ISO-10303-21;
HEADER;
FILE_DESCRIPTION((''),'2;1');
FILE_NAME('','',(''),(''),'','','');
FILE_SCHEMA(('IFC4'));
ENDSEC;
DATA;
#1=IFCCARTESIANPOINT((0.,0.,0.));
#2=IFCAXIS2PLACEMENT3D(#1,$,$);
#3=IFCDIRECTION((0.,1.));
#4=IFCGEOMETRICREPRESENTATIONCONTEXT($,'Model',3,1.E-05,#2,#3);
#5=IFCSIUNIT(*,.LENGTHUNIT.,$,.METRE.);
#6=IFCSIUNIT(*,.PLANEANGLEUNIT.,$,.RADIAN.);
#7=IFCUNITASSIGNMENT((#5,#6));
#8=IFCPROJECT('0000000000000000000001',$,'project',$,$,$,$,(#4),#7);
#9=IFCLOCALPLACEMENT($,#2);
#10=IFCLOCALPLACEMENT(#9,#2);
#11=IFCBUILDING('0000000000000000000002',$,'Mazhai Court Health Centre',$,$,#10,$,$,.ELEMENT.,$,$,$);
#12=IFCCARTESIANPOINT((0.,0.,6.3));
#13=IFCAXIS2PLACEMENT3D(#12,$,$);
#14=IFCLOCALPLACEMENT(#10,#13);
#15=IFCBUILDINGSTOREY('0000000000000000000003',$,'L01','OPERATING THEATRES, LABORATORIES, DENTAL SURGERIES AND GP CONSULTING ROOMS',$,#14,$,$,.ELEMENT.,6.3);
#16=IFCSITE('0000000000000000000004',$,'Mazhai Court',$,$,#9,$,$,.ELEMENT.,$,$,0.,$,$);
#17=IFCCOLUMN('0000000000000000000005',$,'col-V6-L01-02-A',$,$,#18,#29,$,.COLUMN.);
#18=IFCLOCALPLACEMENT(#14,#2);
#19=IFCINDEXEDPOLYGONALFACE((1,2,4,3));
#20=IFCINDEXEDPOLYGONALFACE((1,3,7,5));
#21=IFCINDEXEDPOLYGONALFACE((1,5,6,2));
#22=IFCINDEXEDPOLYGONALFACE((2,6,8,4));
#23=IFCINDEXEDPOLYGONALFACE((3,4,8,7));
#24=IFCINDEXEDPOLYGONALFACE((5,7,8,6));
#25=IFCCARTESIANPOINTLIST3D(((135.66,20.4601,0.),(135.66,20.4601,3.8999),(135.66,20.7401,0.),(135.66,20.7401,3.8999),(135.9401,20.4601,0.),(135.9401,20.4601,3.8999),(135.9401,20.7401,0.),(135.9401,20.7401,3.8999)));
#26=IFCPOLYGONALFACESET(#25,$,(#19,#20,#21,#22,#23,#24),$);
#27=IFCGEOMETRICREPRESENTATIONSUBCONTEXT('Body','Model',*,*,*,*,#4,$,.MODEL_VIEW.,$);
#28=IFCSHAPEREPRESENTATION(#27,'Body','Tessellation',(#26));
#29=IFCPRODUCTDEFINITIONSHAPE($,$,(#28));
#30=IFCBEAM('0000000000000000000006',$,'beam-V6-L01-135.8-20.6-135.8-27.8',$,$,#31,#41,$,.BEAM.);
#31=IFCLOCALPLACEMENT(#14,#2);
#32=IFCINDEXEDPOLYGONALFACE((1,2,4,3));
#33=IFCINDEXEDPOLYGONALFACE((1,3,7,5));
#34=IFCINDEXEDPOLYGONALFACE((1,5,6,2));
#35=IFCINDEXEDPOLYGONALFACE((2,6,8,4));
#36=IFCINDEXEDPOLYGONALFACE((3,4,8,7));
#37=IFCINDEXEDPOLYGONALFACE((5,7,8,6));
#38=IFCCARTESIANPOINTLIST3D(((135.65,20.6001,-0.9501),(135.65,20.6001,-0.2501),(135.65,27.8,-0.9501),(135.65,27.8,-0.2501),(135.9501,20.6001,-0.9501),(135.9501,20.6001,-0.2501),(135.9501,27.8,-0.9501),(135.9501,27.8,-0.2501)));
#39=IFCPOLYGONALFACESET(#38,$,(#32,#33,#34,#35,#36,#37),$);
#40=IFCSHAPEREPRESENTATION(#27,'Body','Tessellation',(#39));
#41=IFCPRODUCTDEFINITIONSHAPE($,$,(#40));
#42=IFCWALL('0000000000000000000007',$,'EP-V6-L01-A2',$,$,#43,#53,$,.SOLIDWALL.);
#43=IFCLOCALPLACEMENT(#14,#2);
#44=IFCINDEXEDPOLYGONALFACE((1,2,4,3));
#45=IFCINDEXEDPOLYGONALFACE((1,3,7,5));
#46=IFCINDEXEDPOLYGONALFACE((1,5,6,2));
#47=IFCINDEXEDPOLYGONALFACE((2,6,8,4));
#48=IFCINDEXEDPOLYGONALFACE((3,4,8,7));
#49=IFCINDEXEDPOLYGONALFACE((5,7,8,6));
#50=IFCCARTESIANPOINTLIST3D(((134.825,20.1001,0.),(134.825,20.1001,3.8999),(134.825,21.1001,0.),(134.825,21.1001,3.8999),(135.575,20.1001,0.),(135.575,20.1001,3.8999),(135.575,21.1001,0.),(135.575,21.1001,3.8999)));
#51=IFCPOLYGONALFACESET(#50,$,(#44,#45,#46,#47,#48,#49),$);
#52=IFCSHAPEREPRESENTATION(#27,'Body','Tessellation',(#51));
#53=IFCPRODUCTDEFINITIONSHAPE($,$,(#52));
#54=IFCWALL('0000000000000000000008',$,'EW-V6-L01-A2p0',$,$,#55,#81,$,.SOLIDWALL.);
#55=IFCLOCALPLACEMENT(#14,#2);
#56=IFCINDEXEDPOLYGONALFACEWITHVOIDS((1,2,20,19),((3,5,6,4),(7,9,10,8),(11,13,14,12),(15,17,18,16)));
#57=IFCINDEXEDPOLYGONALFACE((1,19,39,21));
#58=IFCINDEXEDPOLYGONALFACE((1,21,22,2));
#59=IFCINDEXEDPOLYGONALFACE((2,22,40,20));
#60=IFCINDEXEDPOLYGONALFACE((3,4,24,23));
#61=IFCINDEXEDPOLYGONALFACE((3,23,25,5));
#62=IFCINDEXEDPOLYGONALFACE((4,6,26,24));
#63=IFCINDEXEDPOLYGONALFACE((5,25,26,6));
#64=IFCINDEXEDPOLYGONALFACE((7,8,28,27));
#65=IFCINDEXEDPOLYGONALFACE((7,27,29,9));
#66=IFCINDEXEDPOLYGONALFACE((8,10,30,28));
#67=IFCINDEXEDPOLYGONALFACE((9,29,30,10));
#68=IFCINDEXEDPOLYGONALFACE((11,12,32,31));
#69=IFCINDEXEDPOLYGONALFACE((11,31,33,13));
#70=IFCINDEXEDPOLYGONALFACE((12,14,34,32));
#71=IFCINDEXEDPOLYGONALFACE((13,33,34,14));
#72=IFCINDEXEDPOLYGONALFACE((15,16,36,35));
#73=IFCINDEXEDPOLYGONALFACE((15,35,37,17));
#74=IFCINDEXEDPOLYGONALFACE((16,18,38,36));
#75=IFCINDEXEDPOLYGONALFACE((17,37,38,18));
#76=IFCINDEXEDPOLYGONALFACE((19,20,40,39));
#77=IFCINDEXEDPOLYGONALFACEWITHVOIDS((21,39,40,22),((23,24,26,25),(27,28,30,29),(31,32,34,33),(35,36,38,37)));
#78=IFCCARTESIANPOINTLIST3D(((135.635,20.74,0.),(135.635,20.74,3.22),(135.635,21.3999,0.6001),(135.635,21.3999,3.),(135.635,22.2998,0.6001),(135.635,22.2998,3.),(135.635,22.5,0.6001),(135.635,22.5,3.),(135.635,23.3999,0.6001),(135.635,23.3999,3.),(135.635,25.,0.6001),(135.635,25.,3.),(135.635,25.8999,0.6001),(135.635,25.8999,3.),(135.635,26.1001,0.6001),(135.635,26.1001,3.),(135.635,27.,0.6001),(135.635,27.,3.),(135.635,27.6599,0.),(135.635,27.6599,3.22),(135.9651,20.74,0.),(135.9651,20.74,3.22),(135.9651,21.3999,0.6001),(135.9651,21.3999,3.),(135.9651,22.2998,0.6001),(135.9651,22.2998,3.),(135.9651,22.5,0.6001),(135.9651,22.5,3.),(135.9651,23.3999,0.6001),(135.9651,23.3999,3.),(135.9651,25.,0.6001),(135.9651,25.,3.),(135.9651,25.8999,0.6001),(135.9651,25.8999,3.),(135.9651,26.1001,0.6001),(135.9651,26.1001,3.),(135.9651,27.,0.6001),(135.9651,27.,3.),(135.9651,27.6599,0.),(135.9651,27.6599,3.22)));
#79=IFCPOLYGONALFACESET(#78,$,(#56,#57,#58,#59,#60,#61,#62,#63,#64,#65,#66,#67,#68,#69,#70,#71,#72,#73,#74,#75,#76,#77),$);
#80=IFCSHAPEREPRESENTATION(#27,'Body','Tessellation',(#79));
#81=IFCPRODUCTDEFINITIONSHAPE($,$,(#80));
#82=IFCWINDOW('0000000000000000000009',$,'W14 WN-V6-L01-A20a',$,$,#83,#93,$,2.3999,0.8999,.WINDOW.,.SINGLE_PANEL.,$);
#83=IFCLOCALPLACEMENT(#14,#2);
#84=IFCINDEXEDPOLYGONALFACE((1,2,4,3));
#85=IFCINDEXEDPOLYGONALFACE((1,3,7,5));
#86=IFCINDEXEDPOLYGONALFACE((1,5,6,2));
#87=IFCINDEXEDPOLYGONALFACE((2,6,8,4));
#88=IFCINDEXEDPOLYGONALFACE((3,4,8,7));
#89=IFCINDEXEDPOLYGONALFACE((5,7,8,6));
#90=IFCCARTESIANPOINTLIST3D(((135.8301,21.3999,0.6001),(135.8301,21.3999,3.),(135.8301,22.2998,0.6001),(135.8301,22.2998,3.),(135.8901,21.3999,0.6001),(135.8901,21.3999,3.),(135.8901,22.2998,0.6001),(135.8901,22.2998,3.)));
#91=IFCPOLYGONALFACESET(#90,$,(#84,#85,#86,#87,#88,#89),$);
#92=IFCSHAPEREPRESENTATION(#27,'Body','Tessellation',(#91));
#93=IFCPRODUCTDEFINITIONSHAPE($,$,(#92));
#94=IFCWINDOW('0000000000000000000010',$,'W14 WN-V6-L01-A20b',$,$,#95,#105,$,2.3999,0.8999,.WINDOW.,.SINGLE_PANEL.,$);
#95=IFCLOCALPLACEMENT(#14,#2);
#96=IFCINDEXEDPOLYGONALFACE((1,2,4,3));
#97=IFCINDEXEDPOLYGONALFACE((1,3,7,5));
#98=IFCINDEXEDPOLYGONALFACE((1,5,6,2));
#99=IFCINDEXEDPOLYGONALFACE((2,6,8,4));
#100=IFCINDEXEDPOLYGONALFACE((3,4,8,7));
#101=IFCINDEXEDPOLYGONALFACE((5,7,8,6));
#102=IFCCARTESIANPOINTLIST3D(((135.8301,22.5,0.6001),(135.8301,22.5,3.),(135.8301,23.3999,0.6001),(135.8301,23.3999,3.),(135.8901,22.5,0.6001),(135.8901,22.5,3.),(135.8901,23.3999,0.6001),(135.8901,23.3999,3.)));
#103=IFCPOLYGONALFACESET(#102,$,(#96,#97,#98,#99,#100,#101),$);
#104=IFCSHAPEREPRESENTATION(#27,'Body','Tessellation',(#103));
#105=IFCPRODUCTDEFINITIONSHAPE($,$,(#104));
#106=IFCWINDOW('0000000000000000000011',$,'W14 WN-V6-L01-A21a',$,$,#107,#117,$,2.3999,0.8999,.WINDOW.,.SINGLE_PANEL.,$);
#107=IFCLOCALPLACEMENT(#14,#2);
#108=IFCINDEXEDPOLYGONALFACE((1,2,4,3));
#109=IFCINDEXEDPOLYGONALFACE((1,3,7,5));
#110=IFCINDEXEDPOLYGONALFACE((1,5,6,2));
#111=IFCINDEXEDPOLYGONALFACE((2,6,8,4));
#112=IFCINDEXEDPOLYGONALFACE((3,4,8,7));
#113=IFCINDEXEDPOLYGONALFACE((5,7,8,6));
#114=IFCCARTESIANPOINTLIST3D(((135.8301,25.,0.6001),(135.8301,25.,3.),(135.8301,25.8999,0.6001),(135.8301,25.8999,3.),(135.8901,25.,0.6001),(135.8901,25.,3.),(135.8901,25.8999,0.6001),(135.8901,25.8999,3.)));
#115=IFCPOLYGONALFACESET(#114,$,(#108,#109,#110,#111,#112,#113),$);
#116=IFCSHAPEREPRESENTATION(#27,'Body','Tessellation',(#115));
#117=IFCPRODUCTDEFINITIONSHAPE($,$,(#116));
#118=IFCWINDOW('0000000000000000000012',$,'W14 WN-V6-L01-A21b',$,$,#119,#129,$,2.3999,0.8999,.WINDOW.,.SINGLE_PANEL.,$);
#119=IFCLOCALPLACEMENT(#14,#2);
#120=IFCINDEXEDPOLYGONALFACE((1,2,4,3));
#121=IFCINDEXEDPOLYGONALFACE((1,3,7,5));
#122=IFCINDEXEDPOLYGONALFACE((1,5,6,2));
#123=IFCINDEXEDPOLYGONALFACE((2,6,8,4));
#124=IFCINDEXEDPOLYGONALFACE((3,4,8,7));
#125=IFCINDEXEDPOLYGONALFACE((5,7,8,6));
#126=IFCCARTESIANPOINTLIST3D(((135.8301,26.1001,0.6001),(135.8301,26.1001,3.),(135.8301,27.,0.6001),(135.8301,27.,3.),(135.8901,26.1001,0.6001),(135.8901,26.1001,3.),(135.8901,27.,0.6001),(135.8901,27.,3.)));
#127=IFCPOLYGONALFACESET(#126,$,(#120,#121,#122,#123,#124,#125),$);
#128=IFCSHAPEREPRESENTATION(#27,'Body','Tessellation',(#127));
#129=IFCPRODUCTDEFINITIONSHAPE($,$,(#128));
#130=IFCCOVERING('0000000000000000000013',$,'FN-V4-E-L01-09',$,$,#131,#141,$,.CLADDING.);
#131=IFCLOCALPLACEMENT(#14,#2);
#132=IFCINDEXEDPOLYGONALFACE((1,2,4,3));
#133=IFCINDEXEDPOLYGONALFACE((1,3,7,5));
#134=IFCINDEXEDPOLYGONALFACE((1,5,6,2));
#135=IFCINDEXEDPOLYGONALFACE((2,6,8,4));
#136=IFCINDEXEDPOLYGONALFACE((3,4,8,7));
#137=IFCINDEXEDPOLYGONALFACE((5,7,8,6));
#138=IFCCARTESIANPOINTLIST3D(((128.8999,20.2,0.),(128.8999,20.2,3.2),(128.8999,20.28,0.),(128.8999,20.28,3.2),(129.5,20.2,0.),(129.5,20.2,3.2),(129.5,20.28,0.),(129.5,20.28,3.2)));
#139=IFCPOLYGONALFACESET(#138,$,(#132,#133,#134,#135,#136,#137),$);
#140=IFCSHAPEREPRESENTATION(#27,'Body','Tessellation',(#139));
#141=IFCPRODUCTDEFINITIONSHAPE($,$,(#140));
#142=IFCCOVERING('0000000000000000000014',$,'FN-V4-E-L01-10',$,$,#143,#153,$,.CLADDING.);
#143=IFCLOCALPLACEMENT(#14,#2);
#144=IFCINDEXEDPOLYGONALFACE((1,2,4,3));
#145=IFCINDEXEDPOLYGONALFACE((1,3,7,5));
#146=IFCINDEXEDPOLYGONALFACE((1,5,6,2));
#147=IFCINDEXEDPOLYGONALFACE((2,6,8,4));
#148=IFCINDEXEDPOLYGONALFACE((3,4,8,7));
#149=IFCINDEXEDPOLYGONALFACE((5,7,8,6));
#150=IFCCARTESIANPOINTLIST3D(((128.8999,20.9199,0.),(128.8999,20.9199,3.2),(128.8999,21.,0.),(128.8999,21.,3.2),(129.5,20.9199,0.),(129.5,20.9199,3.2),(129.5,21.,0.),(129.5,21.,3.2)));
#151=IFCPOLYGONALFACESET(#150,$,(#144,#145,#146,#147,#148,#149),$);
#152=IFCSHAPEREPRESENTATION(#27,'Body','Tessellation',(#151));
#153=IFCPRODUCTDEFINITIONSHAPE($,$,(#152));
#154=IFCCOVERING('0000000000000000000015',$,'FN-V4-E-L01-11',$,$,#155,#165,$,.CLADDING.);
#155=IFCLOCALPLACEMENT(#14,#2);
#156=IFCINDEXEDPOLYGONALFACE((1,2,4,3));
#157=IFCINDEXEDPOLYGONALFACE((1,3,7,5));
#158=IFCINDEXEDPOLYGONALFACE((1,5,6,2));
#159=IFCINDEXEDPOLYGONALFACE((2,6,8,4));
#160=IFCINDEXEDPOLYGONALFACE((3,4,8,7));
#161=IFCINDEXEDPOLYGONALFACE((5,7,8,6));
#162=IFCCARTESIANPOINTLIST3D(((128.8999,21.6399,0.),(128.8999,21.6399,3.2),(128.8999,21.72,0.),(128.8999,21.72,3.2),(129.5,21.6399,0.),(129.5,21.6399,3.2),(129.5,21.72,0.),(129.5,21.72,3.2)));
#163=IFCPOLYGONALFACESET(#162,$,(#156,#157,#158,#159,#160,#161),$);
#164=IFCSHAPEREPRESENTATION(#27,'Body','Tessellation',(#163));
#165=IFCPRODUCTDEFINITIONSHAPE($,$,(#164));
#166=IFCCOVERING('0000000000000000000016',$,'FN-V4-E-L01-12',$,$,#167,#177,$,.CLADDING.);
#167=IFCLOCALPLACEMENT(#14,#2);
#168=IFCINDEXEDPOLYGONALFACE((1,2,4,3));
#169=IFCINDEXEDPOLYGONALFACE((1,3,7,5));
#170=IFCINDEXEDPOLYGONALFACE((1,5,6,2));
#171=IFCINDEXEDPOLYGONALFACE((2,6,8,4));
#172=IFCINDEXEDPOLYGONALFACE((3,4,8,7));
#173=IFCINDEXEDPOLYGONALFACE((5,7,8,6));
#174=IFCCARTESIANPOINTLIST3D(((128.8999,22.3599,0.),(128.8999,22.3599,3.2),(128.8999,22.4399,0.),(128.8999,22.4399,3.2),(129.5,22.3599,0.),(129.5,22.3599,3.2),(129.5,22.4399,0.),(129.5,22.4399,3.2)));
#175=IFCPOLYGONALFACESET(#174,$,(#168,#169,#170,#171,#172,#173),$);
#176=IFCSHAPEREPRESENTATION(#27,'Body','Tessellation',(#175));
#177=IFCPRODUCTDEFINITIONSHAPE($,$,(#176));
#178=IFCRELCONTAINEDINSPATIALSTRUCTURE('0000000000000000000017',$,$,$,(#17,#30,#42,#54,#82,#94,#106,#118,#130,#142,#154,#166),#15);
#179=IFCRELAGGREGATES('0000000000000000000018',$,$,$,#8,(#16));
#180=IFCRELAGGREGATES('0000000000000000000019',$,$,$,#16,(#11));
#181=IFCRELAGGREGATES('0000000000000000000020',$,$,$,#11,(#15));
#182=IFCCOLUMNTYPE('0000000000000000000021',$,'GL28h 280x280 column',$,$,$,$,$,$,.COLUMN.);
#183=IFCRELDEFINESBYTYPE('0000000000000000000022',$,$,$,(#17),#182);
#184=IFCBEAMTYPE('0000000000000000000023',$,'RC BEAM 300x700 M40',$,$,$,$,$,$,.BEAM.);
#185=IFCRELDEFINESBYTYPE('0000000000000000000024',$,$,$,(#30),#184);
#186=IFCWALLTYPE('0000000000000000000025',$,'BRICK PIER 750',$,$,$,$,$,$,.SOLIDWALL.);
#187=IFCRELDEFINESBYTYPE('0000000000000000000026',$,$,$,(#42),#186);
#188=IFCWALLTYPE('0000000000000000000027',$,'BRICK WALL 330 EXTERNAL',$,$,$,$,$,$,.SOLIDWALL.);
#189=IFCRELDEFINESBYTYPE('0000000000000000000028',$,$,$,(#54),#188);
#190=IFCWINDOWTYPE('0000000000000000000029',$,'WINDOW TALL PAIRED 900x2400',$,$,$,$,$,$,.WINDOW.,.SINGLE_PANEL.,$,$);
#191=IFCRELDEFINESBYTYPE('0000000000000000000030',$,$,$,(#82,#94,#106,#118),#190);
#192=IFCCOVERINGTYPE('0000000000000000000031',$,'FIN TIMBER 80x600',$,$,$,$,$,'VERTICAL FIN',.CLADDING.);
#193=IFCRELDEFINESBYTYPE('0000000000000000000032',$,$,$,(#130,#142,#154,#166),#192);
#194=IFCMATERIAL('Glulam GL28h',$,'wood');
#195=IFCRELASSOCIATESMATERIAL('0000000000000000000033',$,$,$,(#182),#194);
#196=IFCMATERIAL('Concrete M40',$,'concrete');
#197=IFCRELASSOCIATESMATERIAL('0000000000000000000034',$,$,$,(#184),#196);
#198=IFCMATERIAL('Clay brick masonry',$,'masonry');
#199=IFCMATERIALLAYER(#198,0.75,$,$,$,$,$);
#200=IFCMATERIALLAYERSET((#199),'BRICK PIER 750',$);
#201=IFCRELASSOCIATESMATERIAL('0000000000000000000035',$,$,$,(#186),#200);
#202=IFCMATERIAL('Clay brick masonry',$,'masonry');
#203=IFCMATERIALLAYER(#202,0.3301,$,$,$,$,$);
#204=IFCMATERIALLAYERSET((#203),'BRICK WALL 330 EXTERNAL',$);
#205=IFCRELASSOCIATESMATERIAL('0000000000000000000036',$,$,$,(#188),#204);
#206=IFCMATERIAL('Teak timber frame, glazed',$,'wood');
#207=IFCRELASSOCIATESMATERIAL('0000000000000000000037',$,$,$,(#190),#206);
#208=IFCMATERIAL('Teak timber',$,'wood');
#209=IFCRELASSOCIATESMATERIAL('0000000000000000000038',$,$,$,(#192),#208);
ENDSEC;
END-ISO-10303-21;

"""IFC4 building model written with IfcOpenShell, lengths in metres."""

from ifc_helpers import new_model, si_unit, direction, frame, frame_2d, origin, origin_2d, place, context, subcontext, project, spatial, rectangle, extrude, material, layer, layer_set, material_profile, profile_set, type_object, element, fill, save


model = new_model("IFC4")

# Units and contexts
model_context = context("Model", 3, precision=1e-05, world=origin(), true_north=direction((0.0, 1.0)))
body_context = subcontext(model_context, "Body", "Model", "MODEL_VIEW")
ifc_project = project(units=[si_unit("LENGTHUNIT", "METRE"), si_unit("PLANEANGLEUNIT", "RADIAN")], contexts=[model_context])

# Site, building, storey
site_placement = place(None, origin())
site = spatial("IfcSite", under=ifc_project, at=site_placement, Name="Mazhai Court", CompositionType="ELEMENT", RefElevation=0.0)
building_placement = place(site_placement, origin())
building = spatial("IfcBuilding", under=site, at=building_placement, Name="Mazhai Court Health Centre", CompositionType="ELEMENT")
storey_placement = place(building_placement, frame((0.0, 0.0, 6.3)))
storey = spatial("IfcBuildingStorey", under=building, at=storey_placement, Name="L01", Description="OPERATING THEATRES, LABORATORIES, DENTAL SURGERIES AND GP CONSULTING ROOMS", CompositionType="ELEMENT", Elevation=6.3)

# Column
ifc_material_1 = material(Name="Glulam GL28h", Category="wood")
ifc_material_profile_1 = material_profile(ifc_material_1, rectangle(XDim=0.28, YDim=0.28, at=origin_2d()), Name="GL28h 280x280")
ifc_profile_set_1 = profile_set([ifc_material_profile_1], Name="Glulam GL28h")
column_type = type_object("IfcColumnType", Name="GL28h 280x280 column", PredefinedType="COLUMN", material=ifc_profile_set_1)
column_placement = place(storey_placement, frame((135.8, 20.6001, 0.0), z_axis=(0.0, 0.0, 1.0), x_axis=(1.0, 0.0, 0.0)))
element("IfcColumn", 1, at=column_placement, inside=storey, type_object=column_type, Name="col-V6-L01-02-A", PredefinedType="COLUMN", context=body_context, shape_type="SweptSolid", body=[
    extrude(rectangle(XDim=0.28, YDim=0.28, at=origin_2d()), origin(), (0.0, 0.0, 1.0), 3.8999),
])

# Beam
ifc_material_2 = material(Name="Concrete M40", Category="concrete")
ifc_material_profile_2 = material_profile(ifc_material_2, rectangle(XDim=0.3, YDim=0.7, at=origin_2d()), Name="RC 300x700")
ifc_profile_set_2 = profile_set([ifc_material_profile_2], Name="Concrete M40")
beam_type = type_object("IfcBeamType", Name="RC BEAM 300x700 M40", PredefinedType="BEAM", material=ifc_profile_set_2)
beam_placement = place(storey_placement, frame((135.8, 20.6001, -0.6001), z_axis=(0.0, 1.0, 0.0), x_axis=(-1.0, 0.0, 0.0)))
element("IfcBeam", 2, at=beam_placement, inside=storey, type_object=beam_type, Name="beam-V6-L01-135.8-20.6-135.8-27.8", PredefinedType="BEAM", context=body_context, shape_type="SweptSolid", body=[
    extrude(rectangle(XDim=0.3, YDim=0.7, at=origin_2d()), origin(), (0.0, 0.0, 1.0), 7.2),
])

# Wall
ifc_material_3 = material(Name="Clay brick masonry", Category="masonry")
ifc_layer_1 = layer(ifc_material_3, 0.75)
ifc_layer_set_1 = layer_set([ifc_layer_1], Name="BRICK PIER 750")
wall_type_1 = type_object("IfcWallType", Name="BRICK PIER 750", PredefinedType="SOLIDWALL", material=ifc_layer_set_1)
wall_1_placement = place(storey_placement, frame((135.2, 20.1001, 0.0), z_axis=(0.0, 0.0, 1.0), x_axis=(0.0, 1.0, 0.0)))
element("IfcWall", 3, at=wall_1_placement, inside=storey, type_object=wall_type_1, Name="EP-V6-L01-A2", PredefinedType="SOLIDWALL", context=body_context, shape_type="SweptSolid", body=[
    extrude(rectangle(XDim=1.0, YDim=0.75, at=frame_2d((0.5, 0.0))), origin(), (0.0, 0.0, 1.0), 3.8999),
])

# Wall, openings, windows
ifc_material_4 = material(Name="Clay brick masonry", Category="masonry")
ifc_layer_2 = layer(ifc_material_4, 0.3301)
ifc_layer_set_2 = layer_set([ifc_layer_2], Name="BRICK WALL 330 EXTERNAL")
wall_type_2 = type_object("IfcWallType", Name="BRICK WALL 330 EXTERNAL", PredefinedType="SOLIDWALL", material=ifc_layer_set_2)
wall_2_placement = place(storey_placement, frame((135.8, 20.74, 0.0), z_axis=(0.0, 0.0, 1.0), x_axis=(0.0, 1.0, 0.0)))
wall_2 = element("IfcWall", 4, at=wall_2_placement, inside=storey, type_object=wall_type_2, Name="EW-V6-L01-A2p0", PredefinedType="SOLIDWALL", context=body_context, shape_type="SweptSolid", body=[
    extrude(rectangle(XDim=6.9199, YDim=0.3301, at=frame_2d((3.46, 0.0))), origin(), (0.0, 0.0, 1.0), 3.22),
])
opening_1_placement = place(wall_2_placement, frame((0.6599, 0.0, 0.6001)))
opening_1 = element("IfcOpeningElement", 5, at=opening_1_placement, cuts=wall_2, PredefinedType="OPENING", context=body_context, shape_type="SweptSolid", body=[
    extrude(rectangle(XDim=0.8999, YDim=2.3999, at=frame_2d((0.45, 1.2))), frame((0.0, 0.175, 0.0), z_axis=(0.0, -1.0, 0.0), x_axis=(1.0, 0.0, 0.0)), (0.0, 0.0, 1.0), 0.3501),
])
opening_2_placement = place(wall_2_placement, frame((1.76, 0.0, 0.6001)))
opening_2 = element("IfcOpeningElement", 6, at=opening_2_placement, cuts=wall_2, PredefinedType="OPENING", context=body_context, shape_type="SweptSolid", body=[
    extrude(rectangle(XDim=0.8999, YDim=2.3999, at=frame_2d((0.45, 1.2))), frame((0.0, 0.175, 0.0), z_axis=(0.0, -1.0, 0.0), x_axis=(1.0, 0.0, 0.0)), (0.0, 0.0, 1.0), 0.3501),
])
opening_3_placement = place(wall_2_placement, frame((4.26, 0.0, 0.6001)))
opening_3 = element("IfcOpeningElement", 7, at=opening_3_placement, cuts=wall_2, PredefinedType="OPENING", context=body_context, shape_type="SweptSolid", body=[
    extrude(rectangle(XDim=0.8999, YDim=2.3999, at=frame_2d((0.45, 1.2))), frame((0.0, 0.175, 0.0), z_axis=(0.0, -1.0, 0.0), x_axis=(1.0, 0.0, 0.0)), (0.0, 0.0, 1.0), 0.3501),
])
opening_4_placement = place(wall_2_placement, frame((5.3601, 0.0, 0.6001)))
opening_4 = element("IfcOpeningElement", 8, at=opening_4_placement, cuts=wall_2, PredefinedType="OPENING", context=body_context, shape_type="SweptSolid", body=[
    extrude(rectangle(XDim=0.8999, YDim=2.3999, at=frame_2d((0.45, 1.2))), frame((0.0, 0.175, 0.0), z_axis=(0.0, -1.0, 0.0), x_axis=(1.0, 0.0, 0.0)), (0.0, 0.0, 1.0), 0.3501),
])
ifc_material_5 = material(Name="Teak timber frame, glazed", Category="wood")
window_type = type_object("IfcWindowType", Name="WINDOW TALL PAIRED 900x2400", PartitioningType="SINGLE_PANEL", PredefinedType="WINDOW", material=ifc_material_5)
window_1_placement = place(opening_1_placement, origin())
window_1 = element("IfcWindow", 9, at=window_1_placement, inside=storey, type_object=window_type, Name="W14 WN-V6-L01-A20a", OverallHeight=2.3999, OverallWidth=0.8999, PartitioningType="SINGLE_PANEL", PredefinedType="WINDOW", context=body_context, shape_type="SweptSolid", body=[
    extrude(rectangle(XDim=0.8999, YDim=2.3999, at=frame_2d((0.45, 1.2))), frame((0.0, -0.03, 0.0), z_axis=(0.0, -1.0, 0.0), x_axis=(1.0, 0.0, 0.0)), (0.0, 0.0, 1.0), 0.0601),
])
fill(opening_1, window_1)
window_2_placement = place(opening_2_placement, origin())
window_2 = element("IfcWindow", 10, at=window_2_placement, inside=storey, type_object=window_type, Name="W14 WN-V6-L01-A20b", OverallHeight=2.3999, OverallWidth=0.8999, PartitioningType="SINGLE_PANEL", PredefinedType="WINDOW", context=body_context, shape_type="SweptSolid", body=[
    extrude(rectangle(XDim=0.8999, YDim=2.3999, at=frame_2d((0.45, 1.2))), frame((0.0, -0.03, 0.0), z_axis=(0.0, -1.0, 0.0), x_axis=(1.0, 0.0, 0.0)), (0.0, 0.0, 1.0), 0.0601),
])
fill(opening_2, window_2)
window_3_placement = place(opening_3_placement, origin())
window_3 = element("IfcWindow", 11, at=window_3_placement, inside=storey, type_object=window_type, Name="W14 WN-V6-L01-A21a", OverallHeight=2.3999, OverallWidth=0.8999, PartitioningType="SINGLE_PANEL", PredefinedType="WINDOW", context=body_context, shape_type="SweptSolid", body=[
    extrude(rectangle(XDim=0.8999, YDim=2.3999, at=frame_2d((0.45, 1.2))), frame((0.0, -0.03, 0.0), z_axis=(0.0, -1.0, 0.0), x_axis=(1.0, 0.0, 0.0)), (0.0, 0.0, 1.0), 0.0601),
])
fill(opening_3, window_3)
window_4_placement = place(opening_4_placement, origin())
window_4 = element("IfcWindow", 12, at=window_4_placement, inside=storey, type_object=window_type, Name="W14 WN-V6-L01-A21b", OverallHeight=2.3999, OverallWidth=0.8999, PartitioningType="SINGLE_PANEL", PredefinedType="WINDOW", context=body_context, shape_type="SweptSolid", body=[
    extrude(rectangle(XDim=0.8999, YDim=2.3999, at=frame_2d((0.45, 1.2))), frame((0.0, -0.03, 0.0), z_axis=(0.0, -1.0, 0.0), x_axis=(1.0, 0.0, 0.0)), (0.0, 0.0, 1.0), 0.0601),
])
fill(opening_4, window_4)

# Coverings
ifc_material_6 = material(Name="Teak timber", Category="wood")
covering_type_1 = type_object("IfcCoveringType", Name="FIN TIMBER 80x600", ElementType="VERTICAL FIN", PredefinedType="CLADDING", material=ifc_material_6)
for number, where, z_axis, x_axis, name in (
    (13, (129.2, 20.24, 0.0), (0.0, 0.0, 1.0), (0.0, 1.0, 0.0), "FN-V4-E-L01-09"),
    (14, (129.2, 20.96, 0.0), (0.0, 0.0, 1.0), (0.0, 1.0, 0.0), "FN-V4-E-L01-10"),
    (15, (129.2, 21.6799, 0.0), (0.0, 0.0, 1.0), (0.0, 1.0, 0.0), "FN-V4-E-L01-11"),
    (16, (129.2, 22.3999, 0.0), (0.0, 0.0, 1.0), (0.0, 1.0, 0.0), "FN-V4-E-L01-12"),
):
    element("IfcCovering", number, at=place(storey_placement, frame(where, z_axis=z_axis, x_axis=x_axis)), inside=storey, type_object=covering_type_1, Name=name, PredefinedType="CLADDING", context=body_context, shape_type="SweptSolid", body=[
        extrude(rectangle(XDim=0.0801, YDim=0.6001, at=origin_2d()), origin(), (0.0, 0.0, 1.0), 3.2),
    ])

save(model, "model.ifc")
